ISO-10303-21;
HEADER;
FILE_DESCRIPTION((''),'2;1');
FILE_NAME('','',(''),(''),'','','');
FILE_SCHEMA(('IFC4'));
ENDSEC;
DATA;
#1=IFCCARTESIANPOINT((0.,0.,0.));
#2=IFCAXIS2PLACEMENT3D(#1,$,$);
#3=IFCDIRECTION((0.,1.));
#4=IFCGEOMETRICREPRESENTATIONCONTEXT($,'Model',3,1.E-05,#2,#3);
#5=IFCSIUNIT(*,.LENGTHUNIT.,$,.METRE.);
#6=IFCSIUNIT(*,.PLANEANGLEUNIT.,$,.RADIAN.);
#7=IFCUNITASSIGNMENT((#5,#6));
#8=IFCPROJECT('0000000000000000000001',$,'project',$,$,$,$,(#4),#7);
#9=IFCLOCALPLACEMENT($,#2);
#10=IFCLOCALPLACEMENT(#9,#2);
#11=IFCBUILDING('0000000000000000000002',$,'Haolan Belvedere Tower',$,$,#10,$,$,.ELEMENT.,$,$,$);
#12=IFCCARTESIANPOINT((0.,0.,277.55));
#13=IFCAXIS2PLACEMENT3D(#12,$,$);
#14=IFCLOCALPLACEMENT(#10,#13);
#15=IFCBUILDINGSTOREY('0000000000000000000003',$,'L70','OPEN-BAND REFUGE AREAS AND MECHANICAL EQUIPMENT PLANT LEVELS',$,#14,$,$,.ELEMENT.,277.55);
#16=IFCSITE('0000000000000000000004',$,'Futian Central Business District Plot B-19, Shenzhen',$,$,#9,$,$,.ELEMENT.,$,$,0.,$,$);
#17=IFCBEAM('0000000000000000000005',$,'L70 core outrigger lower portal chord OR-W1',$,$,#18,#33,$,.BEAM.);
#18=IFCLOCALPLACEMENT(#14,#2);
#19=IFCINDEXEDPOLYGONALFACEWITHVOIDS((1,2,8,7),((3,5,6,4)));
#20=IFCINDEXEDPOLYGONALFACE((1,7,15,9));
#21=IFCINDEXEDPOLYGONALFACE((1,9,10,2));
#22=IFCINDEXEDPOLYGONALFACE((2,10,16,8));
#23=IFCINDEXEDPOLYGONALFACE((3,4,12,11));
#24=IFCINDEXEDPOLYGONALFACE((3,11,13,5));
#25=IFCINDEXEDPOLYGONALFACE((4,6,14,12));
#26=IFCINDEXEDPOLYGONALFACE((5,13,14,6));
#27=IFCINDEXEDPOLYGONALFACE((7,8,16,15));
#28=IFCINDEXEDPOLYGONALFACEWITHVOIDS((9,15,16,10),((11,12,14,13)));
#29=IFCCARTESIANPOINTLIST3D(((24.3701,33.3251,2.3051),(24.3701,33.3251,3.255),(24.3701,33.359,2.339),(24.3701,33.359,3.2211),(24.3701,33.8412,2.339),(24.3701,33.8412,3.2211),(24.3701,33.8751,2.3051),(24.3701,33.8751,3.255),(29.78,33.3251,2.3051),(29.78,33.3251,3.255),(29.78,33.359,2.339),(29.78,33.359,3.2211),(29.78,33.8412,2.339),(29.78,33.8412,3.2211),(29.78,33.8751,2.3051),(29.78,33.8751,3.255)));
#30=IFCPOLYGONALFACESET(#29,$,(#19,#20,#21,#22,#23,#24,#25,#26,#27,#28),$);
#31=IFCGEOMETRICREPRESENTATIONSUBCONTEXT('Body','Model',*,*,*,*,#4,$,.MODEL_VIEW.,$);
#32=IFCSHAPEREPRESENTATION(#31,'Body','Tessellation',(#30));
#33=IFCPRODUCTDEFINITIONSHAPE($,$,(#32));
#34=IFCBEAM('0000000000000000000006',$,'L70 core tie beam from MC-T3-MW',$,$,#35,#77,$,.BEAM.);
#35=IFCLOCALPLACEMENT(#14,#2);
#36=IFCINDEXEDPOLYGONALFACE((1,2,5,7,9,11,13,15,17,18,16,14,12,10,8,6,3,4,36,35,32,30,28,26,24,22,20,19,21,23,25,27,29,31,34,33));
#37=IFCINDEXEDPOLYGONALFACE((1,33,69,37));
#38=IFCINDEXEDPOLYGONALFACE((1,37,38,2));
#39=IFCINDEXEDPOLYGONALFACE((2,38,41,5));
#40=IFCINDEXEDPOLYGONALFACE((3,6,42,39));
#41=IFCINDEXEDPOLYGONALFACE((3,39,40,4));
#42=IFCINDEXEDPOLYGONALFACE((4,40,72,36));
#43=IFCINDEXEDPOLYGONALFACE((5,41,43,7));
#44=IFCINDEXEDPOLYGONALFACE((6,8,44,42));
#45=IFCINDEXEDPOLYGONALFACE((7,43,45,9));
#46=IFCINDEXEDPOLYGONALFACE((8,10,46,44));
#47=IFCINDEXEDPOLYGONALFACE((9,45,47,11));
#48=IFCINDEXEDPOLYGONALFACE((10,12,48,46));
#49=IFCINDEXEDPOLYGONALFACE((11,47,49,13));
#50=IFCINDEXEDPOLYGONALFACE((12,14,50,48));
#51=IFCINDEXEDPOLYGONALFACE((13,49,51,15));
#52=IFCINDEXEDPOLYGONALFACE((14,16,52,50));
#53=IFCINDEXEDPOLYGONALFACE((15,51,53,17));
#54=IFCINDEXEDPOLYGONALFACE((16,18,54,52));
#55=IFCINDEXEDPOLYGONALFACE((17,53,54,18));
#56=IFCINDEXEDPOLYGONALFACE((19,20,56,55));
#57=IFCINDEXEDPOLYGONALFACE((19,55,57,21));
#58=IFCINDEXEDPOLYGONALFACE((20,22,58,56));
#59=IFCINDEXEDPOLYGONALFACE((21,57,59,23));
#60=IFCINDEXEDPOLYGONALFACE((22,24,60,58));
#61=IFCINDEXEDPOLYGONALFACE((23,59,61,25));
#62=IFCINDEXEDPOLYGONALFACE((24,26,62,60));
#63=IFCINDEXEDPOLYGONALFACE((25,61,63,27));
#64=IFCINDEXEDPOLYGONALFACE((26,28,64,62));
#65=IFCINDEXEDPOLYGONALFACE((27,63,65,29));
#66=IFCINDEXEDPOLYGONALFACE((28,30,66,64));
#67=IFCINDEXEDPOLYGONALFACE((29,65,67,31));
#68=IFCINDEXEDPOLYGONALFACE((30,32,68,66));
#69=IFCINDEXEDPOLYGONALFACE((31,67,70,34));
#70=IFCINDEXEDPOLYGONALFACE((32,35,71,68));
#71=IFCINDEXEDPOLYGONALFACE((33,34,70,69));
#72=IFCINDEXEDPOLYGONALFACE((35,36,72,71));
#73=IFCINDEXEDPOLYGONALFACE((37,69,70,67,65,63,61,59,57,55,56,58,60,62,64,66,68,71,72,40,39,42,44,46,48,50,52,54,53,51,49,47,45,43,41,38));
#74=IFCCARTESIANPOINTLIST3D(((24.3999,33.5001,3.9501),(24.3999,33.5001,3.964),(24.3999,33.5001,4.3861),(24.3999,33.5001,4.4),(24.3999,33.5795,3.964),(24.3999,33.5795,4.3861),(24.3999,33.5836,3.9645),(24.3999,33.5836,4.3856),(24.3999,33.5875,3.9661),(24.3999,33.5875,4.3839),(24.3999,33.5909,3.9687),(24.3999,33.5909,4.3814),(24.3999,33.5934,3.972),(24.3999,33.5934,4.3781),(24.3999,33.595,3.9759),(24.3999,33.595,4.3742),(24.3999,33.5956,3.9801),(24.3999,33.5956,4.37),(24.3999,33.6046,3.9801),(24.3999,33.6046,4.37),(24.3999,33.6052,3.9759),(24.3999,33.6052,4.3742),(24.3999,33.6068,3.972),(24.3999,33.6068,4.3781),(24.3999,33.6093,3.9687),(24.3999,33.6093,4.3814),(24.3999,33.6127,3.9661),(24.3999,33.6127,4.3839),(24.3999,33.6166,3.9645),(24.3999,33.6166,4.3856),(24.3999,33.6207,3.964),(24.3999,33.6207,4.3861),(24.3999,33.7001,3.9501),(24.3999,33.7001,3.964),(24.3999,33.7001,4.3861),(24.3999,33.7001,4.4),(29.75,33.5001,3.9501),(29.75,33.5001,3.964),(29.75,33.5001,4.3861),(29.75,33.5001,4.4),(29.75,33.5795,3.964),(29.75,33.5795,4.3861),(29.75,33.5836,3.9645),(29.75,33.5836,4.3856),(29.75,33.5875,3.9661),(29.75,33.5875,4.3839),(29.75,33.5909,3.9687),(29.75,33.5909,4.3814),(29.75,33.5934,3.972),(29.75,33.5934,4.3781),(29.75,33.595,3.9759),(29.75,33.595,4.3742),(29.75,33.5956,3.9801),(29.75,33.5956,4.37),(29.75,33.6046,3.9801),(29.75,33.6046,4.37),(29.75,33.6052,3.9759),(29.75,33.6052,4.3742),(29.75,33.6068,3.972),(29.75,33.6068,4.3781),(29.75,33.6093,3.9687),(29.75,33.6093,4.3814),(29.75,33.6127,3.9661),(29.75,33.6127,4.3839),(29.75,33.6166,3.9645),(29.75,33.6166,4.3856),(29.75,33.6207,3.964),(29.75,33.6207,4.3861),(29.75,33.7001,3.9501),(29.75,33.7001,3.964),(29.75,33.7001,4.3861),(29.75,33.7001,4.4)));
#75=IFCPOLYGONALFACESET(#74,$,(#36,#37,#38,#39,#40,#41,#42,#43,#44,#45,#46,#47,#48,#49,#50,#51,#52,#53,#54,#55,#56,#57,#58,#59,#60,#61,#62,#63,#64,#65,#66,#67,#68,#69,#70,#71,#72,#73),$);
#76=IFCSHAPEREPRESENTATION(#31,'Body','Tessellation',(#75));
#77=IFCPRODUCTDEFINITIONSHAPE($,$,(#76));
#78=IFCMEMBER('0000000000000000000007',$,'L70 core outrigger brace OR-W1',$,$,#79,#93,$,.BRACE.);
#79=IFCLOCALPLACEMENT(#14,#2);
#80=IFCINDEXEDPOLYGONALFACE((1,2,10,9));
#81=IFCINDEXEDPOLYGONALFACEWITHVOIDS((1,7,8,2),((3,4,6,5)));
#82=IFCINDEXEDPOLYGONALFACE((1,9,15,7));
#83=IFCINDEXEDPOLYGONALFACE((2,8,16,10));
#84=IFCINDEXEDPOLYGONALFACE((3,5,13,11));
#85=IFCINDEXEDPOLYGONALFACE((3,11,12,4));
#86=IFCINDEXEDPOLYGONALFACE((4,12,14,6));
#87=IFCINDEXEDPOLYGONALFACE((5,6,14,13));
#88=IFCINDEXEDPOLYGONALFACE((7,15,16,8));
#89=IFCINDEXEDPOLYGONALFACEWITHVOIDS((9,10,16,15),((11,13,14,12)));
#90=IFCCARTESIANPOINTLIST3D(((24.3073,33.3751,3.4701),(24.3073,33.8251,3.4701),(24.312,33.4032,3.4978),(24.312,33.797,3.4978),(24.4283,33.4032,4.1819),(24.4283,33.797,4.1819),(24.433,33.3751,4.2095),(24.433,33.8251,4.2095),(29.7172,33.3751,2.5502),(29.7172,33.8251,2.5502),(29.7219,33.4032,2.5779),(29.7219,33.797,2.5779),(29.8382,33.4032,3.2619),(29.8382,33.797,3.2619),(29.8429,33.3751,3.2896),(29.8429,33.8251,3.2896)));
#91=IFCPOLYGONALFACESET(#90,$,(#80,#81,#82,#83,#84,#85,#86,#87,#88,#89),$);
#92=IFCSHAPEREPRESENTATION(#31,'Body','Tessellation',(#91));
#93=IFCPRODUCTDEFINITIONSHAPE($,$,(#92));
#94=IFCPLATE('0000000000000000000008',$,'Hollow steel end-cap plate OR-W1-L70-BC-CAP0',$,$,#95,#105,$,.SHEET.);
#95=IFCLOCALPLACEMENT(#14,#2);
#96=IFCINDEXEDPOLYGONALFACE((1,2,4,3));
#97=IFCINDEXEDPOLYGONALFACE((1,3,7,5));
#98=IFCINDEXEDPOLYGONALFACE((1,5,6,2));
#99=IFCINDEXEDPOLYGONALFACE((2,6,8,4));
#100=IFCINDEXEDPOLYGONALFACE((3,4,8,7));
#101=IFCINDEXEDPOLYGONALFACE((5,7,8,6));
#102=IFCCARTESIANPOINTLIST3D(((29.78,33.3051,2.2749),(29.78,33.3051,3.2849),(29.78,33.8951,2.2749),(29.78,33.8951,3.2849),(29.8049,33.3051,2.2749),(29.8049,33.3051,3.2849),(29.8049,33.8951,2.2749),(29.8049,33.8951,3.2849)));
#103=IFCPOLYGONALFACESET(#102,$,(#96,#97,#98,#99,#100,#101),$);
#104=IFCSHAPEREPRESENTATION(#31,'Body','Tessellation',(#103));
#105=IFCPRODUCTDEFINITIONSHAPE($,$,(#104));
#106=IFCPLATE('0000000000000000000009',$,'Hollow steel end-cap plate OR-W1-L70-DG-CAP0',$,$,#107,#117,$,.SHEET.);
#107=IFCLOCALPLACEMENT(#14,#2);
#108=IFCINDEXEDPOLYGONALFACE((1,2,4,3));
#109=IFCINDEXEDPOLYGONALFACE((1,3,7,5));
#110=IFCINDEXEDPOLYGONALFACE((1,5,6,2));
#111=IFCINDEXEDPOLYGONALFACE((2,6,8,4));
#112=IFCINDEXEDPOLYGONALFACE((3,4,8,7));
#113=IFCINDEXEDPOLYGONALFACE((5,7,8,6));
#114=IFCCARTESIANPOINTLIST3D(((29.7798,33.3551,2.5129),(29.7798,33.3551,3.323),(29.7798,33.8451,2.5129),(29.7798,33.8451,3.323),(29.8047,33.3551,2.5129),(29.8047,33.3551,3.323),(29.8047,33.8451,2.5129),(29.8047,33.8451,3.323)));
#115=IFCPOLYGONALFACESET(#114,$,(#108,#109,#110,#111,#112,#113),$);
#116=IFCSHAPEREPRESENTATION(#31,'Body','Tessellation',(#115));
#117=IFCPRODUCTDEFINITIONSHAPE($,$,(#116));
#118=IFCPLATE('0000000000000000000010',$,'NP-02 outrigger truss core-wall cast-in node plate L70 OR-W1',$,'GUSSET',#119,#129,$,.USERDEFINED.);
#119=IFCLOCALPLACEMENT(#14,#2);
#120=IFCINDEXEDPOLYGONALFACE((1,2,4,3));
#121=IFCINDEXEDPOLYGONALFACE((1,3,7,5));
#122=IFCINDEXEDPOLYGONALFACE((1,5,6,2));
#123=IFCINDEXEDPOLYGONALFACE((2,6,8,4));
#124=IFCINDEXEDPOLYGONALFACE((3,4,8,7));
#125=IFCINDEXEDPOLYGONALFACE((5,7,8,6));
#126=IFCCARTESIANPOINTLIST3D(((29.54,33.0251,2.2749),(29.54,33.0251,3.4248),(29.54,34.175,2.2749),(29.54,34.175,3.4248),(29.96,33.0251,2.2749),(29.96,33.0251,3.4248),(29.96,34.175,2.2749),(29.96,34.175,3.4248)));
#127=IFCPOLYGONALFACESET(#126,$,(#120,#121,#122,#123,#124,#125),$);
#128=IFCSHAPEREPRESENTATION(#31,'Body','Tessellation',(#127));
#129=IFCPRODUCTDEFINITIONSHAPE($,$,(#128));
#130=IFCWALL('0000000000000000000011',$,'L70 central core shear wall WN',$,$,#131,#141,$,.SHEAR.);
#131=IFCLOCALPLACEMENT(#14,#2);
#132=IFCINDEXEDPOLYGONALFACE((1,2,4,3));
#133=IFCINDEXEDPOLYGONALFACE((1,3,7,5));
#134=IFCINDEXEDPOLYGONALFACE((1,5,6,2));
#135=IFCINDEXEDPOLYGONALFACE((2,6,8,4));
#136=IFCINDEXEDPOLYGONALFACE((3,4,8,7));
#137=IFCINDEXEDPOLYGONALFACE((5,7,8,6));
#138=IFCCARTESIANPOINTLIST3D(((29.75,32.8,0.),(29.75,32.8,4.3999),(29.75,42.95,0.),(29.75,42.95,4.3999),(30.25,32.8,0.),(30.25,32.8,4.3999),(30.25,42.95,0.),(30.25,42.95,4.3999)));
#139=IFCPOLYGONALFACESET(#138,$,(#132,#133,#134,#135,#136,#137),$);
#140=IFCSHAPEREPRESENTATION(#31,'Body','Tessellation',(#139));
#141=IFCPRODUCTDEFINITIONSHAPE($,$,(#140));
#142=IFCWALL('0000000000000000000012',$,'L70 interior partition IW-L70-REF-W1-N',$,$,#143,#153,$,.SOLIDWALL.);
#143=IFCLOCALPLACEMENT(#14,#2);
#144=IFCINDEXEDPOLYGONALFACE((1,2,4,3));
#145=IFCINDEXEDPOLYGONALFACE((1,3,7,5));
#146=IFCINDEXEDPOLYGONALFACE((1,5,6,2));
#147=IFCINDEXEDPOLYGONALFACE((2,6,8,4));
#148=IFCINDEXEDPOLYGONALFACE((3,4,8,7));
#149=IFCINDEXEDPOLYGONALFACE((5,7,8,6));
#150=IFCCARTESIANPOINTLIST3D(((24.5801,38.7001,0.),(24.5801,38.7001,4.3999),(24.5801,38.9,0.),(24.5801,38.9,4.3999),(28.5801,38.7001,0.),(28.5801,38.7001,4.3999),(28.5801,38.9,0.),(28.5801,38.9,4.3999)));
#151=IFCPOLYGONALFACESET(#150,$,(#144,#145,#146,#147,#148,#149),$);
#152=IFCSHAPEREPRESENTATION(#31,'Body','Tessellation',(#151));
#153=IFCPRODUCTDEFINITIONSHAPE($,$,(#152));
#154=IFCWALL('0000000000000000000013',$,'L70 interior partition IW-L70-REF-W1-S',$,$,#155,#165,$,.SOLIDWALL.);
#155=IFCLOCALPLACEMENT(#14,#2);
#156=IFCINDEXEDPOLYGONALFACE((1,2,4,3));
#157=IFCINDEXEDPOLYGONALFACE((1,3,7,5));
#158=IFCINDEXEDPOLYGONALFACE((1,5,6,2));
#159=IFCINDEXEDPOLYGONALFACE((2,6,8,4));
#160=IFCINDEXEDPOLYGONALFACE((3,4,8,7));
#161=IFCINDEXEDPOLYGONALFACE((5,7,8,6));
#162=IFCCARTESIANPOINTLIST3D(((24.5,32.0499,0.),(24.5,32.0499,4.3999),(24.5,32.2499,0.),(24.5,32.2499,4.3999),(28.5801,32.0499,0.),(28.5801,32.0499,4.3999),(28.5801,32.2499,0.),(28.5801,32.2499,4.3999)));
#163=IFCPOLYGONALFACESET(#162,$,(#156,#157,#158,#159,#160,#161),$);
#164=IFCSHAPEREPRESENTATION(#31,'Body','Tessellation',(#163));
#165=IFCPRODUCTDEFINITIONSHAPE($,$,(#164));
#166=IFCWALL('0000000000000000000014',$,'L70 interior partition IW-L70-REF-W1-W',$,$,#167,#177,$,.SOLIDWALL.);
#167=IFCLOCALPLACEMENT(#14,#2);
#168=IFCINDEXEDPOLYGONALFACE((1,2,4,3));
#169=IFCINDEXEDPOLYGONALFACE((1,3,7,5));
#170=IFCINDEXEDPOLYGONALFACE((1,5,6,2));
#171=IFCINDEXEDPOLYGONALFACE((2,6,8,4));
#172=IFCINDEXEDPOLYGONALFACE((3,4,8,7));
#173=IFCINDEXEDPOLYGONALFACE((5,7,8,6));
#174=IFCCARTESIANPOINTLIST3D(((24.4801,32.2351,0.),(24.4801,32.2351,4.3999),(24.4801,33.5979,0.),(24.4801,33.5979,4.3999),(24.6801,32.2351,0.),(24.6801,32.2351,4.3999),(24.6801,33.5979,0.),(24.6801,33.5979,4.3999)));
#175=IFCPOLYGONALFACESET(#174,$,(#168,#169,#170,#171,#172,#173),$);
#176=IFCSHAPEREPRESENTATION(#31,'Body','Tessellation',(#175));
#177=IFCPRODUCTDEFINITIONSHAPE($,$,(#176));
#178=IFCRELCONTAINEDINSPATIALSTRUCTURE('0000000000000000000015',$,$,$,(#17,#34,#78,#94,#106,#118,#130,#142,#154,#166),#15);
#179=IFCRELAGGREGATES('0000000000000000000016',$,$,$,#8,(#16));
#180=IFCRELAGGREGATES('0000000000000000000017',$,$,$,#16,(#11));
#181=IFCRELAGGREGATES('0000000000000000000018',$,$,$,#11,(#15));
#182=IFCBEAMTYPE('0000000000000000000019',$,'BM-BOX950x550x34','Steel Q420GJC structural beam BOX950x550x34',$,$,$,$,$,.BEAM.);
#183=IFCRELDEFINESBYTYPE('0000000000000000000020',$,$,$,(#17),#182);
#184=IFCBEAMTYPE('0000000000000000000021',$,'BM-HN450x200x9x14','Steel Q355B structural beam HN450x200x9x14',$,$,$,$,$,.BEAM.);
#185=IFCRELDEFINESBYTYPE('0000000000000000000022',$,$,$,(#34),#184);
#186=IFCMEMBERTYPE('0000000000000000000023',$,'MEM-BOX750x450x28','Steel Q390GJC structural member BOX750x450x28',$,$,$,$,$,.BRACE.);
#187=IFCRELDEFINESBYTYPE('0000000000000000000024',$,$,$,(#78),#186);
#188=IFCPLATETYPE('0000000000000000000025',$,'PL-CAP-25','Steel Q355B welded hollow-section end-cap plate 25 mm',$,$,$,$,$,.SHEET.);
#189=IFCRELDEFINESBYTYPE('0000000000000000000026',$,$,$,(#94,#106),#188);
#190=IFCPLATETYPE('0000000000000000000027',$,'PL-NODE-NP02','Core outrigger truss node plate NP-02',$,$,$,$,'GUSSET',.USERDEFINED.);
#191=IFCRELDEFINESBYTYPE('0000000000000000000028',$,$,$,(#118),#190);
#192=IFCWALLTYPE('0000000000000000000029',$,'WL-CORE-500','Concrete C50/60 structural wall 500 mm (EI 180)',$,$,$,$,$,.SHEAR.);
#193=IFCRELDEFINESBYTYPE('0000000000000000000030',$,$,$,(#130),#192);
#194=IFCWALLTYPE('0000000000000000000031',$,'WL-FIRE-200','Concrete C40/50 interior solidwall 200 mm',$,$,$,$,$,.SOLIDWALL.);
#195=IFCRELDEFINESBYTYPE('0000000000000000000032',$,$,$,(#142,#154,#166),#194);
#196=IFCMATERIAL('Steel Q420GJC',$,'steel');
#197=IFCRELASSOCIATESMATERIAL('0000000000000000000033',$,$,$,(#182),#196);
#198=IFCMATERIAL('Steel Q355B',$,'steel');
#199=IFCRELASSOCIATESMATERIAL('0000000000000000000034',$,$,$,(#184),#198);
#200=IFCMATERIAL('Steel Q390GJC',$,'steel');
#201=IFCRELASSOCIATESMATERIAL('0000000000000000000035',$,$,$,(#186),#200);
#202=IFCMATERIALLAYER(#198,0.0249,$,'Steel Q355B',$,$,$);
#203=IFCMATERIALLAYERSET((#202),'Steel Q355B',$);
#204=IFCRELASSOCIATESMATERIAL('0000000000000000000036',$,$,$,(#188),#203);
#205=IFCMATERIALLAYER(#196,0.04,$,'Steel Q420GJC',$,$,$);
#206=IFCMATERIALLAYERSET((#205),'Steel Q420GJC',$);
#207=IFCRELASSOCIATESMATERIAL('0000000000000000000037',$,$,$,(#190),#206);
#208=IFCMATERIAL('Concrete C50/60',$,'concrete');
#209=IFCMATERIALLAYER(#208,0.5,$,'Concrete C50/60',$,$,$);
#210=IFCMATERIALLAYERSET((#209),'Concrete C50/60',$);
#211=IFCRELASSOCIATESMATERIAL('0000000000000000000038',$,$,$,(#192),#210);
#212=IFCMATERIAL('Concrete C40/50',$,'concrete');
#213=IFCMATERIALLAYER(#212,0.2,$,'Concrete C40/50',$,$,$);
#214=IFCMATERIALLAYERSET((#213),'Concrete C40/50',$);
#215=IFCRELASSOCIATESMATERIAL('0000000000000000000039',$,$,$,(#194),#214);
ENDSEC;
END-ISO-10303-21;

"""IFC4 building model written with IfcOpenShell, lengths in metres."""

from ifc_helpers import new_model, si_unit, direction, frame, frame_2d, origin, origin_2d, place, context, subcontext, project, spatial, rectangle, hollow_rectangle, i_section, extrude, material, layer, layer_set, material_profile, profile_set, type_object, element, save


model = new_model("IFC4")

# Units and contexts
model_context = context("Model", 3, precision=1e-05, world=origin(), true_north=direction((0.0, 1.0)))
body_context = subcontext(model_context, "Body", "Model", "MODEL_VIEW")
ifc_project = project(units=[si_unit("LENGTHUNIT", "METRE"), si_unit("PLANEANGLEUNIT", "RADIAN")], contexts=[model_context])

# Site, building, storey
site_placement = place(None, origin())
site = spatial("IfcSite", under=ifc_project, at=site_placement, Name="Futian Central Business District Plot B-19, Shenzhen", CompositionType="ELEMENT", RefElevation=0.0)
building_placement = place(site_placement, origin())
building = spatial("IfcBuilding", under=site, at=building_placement, Name="Haolan Belvedere Tower", CompositionType="ELEMENT")
storey_placement = place(building_placement, frame((0.0, 0.0, 277.55)))
storey = spatial("IfcBuildingStorey", under=building, at=storey_placement, Name="L70", Description="OPEN-BAND REFUGE AREAS AND MECHANICAL EQUIPMENT PLANT LEVELS", CompositionType="ELEMENT", Elevation=277.55)

# Beams
ifc_material_1 = material(Name="Steel Q420GJC", Category="steel")
ifc_material_profile_1 = material_profile(ifc_material_1, hollow_rectangle(XDim=0.55, YDim=0.95, WallThickness=0.0339, at=origin_2d()), Name="Steel Q420GJC")
ifc_profile_set_1 = profile_set([ifc_material_profile_1], Name="Steel Q420GJC")
beam_type_1 = type_object("IfcBeamType", Name="BM-BOX950x550x34", Description="Steel Q420GJC structural beam BOX950x550x34", PredefinedType="BEAM", material=ifc_profile_set_1)
beam_1_placement = place(storey_placement, frame((29.78, 33.6001, 2.78), z_axis=(-1.0, 0.0, 0.0), x_axis=(0.0, -1.0, 0.0)))
element("IfcBeam", 1, at=beam_1_placement, inside=storey, type_object=beam_type_1, Name="L70 core outrigger lower portal chord OR-W1", PredefinedType="BEAM", context=body_context, shape_type="SweptSolid", body=[
    extrude(hollow_rectangle(XDim=0.55, YDim=0.95, WallThickness=0.0339, at=origin_2d()), origin(), (0.0, 0.0, 1.0), 5.4099),
])
ifc_material_2 = material(Name="Steel Q355B", Category="steel")
ifc_material_profile_2 = material_profile(ifc_material_2, i_section(OverallWidth=0.2, OverallDepth=0.45, WebThickness=0.009, FlangeThickness=0.0139, FilletRadius=0.0161, at=origin_2d()), Name="Steel Q355B")
ifc_profile_set_2 = profile_set([ifc_material_profile_2], Name="Steel Q355B")
beam_type_2 = type_object("IfcBeamType", Name="BM-HN450x200x9x14", Description="Steel Q355B structural beam HN450x200x9x14", PredefinedType="BEAM", material=ifc_profile_set_2)
beam_2_placement = place(storey_placement, frame((24.3999, 33.6001, 4.175), z_axis=(1.0, 0.0, 0.0), x_axis=(0.0, 1.0, 0.0)))
element("IfcBeam", 2, at=beam_2_placement, inside=storey, type_object=beam_type_2, Name="L70 core tie beam from MC-T3-MW", PredefinedType="BEAM", context=body_context, shape_type="SweptSolid", body=[
    extrude(i_section(OverallWidth=0.2, OverallDepth=0.45, WebThickness=0.009, FlangeThickness=0.0139, FilletRadius=0.0161, at=origin_2d()), origin(), (0.0, 0.0, 1.0), 5.3501),
])

# Member
ifc_material_3 = material(Name="Steel Q390GJC", Category="steel")
ifc_material_profile_3 = material_profile(ifc_material_3, hollow_rectangle(XDim=0.45, YDim=0.75, WallThickness=0.0281, at=origin_2d()), Name="Steel Q390GJC")
ifc_profile_set_3 = profile_set([ifc_material_profile_3], Name="Steel Q390GJC")
member_type = type_object("IfcMemberType", Name="MEM-BOX750x450x28", Description="Steel Q390GJC structural member BOX750x450x28", PredefinedType="BRACE", material=ifc_profile_set_3)
member_placement = place(storey_placement, frame((29.78, 33.6001, 2.9199), z_axis=(-0.985849, 0.0, 0.167637), x_axis=(0.0, -1.0, 0.0)))
element("IfcMember", 3, at=member_placement, inside=storey, type_object=member_type, Name="L70 core outrigger brace OR-W1", PredefinedType="BRACE", context=body_context, shape_type="SweptSolid", body=[
    extrude(hollow_rectangle(XDim=0.45, YDim=0.75, WallThickness=0.0281, at=origin_2d()), origin(), (0.0, 0.0, 1.0), 5.4875),
])

# Plates
ifc_layer_1 = layer(ifc_material_2, 0.0249, Name="Steel Q355B")
ifc_layer_set_1 = layer_set([ifc_layer_1], Name="Steel Q355B")
plate_type_1 = type_object("IfcPlateType", Name="PL-CAP-25", Description="Steel Q355B welded hollow-section end-cap plate 25 mm", PredefinedType="SHEET", material=ifc_layer_set_1)
plate_1_placement = place(storey_placement, frame((29.7925, 33.6001, 2.2749), z_axis=(0.0, 0.0, 1.0), x_axis=(0.0, 1.0, 0.0)))
element("IfcPlate", 4, at=plate_1_placement, inside=storey, type_object=plate_type_1, Name="Hollow steel end-cap plate OR-W1-L70-BC-CAP0", PredefinedType="SHEET", context=body_context, shape_type="SweptSolid", body=[
    extrude(rectangle(XDim=0.5901, YDim=0.0249, at=origin_2d()), origin(), (0.0, 0.0, 1.0), 1.01),
])
plate_2_placement = place(storey_placement, frame((29.7922, 33.6001, 2.5129), z_axis=(0.0, 0.0, 1.0), x_axis=(0.0, 1.0, 0.0)))
element("IfcPlate", 5, at=plate_2_placement, inside=storey, type_object=plate_type_1, Name="Hollow steel end-cap plate OR-W1-L70-DG-CAP0", PredefinedType="SHEET", context=body_context, shape_type="SweptSolid", body=[
    extrude(rectangle(XDim=0.49, YDim=0.0249, at=origin_2d()), origin(), (0.0, 0.0, 1.0), 0.8101),
])
ifc_layer_2 = layer(ifc_material_1, 0.04, Name="Steel Q420GJC")
ifc_layer_set_2 = layer_set([ifc_layer_2], Name="Steel Q420GJC")
plate_type_2 = type_object("IfcPlateType", Name="PL-NODE-NP02", Description="Core outrigger truss node plate NP-02", ElementType="GUSSET", PredefinedType="USERDEFINED", material=ifc_layer_set_2)
plate_3_placement = place(storey_placement, frame((29.75, 33.6001, 2.2749), z_axis=(0.0, 0.0, 1.0), x_axis=(1.0, 0.0, 0.0)))
element("IfcPlate", 6, at=plate_3_placement, inside=storey, type_object=plate_type_2, Name="NP-02 outrigger truss core-wall cast-in node plate L70 OR-W1", ObjectType="GUSSET", PredefinedType="USERDEFINED", context=body_context, shape_type="SweptSolid", body=[
    extrude(rectangle(XDim=0.4199, YDim=1.1499, at=origin_2d()), origin(), (0.0, 0.0, 1.0), 1.1499),
])

# Walls
ifc_material_4 = material(Name="Concrete C50/60", Category="concrete")
ifc_layer_3 = layer(ifc_material_4, 0.5, Name="Concrete C50/60")
ifc_layer_set_3 = layer_set([ifc_layer_3], Name="Concrete C50/60")
wall_type_1 = type_object("IfcWallType", Name="WL-CORE-500", Description="Concrete C50/60 structural wall 500 mm (EI 180)", PredefinedType="SHEAR", material=ifc_layer_set_3)
wall_1_placement = place(storey_placement, frame((30.0, 32.8, 0.0), z_axis=(0.0, 0.0, 1.0), x_axis=(0.0, 1.0, 0.0)))
element("IfcWall", 7, at=wall_1_placement, inside=storey, type_object=wall_type_1, Name="L70 central core shear wall WN", PredefinedType="SHEAR", context=body_context, shape_type="SweptSolid", body=[
    extrude(rectangle(XDim=10.1499, YDim=0.5, at=frame_2d((5.075, 0.0))), origin(), (0.0, 0.0, 1.0), 4.3999),
])
ifc_material_5 = material(Name="Concrete C40/50", Category="concrete")
ifc_layer_4 = layer(ifc_material_5, 0.2, Name="Concrete C40/50")
ifc_layer_set_4 = layer_set([ifc_layer_4], Name="Concrete C40/50")
wall_type_2 = type_object("IfcWallType", Name="WL-FIRE-200", Description="Concrete C40/50 interior solidwall 200 mm", PredefinedType="SOLIDWALL", material=ifc_layer_set_4)
wall_2_placement = place(storey_placement, frame((24.5801, 38.8, 0.0), z_axis=(0.0, 0.0, 1.0), x_axis=(1.0, 0.0, 0.0)))
element("IfcWall", 8, at=wall_2_placement, inside=storey, type_object=wall_type_2, Name="L70 interior partition IW-L70-REF-W1-N", PredefinedType="SOLIDWALL", context=body_context, shape_type="SweptSolid", body=[
    extrude(rectangle(XDim=4.0, YDim=0.2, at=frame_2d((2.0, 0.0))), origin(), (0.0, 0.0, 1.0), 4.3999),
])
wall_3_placement = place(storey_placement, frame((24.5, 32.1499, 0.0), z_axis=(0.0, 0.0, 1.0), x_axis=(1.0, 0.0, 0.0)))
element("IfcWall", 9, at=wall_3_placement, inside=storey, type_object=wall_type_2, Name="L70 interior partition IW-L70-REF-W1-S", PredefinedType="SOLIDWALL", context=body_context, shape_type="SweptSolid", body=[
    extrude(rectangle(XDim=4.0801, YDim=0.2, at=frame_2d((2.04, 0.0))), origin(), (0.0, 0.0, 1.0), 4.3999),
])
wall_4_placement = place(storey_placement, frame((24.5801, 32.2351, 0.0), z_axis=(0.0, 0.0, 1.0), x_axis=(0.0, 1.0, 0.0)))
element("IfcWall", 10, at=wall_4_placement, inside=storey, type_object=wall_type_2, Name="L70 interior partition IW-L70-REF-W1-W", PredefinedType="SOLIDWALL", context=body_context, shape_type="SweptSolid", body=[
    extrude(rectangle(XDim=1.3628, YDim=0.2, at=frame_2d((0.6814, 0.0))), origin(), (0.0, 0.0, 1.0), 4.3999),
])

save(model, "model.ifc")
